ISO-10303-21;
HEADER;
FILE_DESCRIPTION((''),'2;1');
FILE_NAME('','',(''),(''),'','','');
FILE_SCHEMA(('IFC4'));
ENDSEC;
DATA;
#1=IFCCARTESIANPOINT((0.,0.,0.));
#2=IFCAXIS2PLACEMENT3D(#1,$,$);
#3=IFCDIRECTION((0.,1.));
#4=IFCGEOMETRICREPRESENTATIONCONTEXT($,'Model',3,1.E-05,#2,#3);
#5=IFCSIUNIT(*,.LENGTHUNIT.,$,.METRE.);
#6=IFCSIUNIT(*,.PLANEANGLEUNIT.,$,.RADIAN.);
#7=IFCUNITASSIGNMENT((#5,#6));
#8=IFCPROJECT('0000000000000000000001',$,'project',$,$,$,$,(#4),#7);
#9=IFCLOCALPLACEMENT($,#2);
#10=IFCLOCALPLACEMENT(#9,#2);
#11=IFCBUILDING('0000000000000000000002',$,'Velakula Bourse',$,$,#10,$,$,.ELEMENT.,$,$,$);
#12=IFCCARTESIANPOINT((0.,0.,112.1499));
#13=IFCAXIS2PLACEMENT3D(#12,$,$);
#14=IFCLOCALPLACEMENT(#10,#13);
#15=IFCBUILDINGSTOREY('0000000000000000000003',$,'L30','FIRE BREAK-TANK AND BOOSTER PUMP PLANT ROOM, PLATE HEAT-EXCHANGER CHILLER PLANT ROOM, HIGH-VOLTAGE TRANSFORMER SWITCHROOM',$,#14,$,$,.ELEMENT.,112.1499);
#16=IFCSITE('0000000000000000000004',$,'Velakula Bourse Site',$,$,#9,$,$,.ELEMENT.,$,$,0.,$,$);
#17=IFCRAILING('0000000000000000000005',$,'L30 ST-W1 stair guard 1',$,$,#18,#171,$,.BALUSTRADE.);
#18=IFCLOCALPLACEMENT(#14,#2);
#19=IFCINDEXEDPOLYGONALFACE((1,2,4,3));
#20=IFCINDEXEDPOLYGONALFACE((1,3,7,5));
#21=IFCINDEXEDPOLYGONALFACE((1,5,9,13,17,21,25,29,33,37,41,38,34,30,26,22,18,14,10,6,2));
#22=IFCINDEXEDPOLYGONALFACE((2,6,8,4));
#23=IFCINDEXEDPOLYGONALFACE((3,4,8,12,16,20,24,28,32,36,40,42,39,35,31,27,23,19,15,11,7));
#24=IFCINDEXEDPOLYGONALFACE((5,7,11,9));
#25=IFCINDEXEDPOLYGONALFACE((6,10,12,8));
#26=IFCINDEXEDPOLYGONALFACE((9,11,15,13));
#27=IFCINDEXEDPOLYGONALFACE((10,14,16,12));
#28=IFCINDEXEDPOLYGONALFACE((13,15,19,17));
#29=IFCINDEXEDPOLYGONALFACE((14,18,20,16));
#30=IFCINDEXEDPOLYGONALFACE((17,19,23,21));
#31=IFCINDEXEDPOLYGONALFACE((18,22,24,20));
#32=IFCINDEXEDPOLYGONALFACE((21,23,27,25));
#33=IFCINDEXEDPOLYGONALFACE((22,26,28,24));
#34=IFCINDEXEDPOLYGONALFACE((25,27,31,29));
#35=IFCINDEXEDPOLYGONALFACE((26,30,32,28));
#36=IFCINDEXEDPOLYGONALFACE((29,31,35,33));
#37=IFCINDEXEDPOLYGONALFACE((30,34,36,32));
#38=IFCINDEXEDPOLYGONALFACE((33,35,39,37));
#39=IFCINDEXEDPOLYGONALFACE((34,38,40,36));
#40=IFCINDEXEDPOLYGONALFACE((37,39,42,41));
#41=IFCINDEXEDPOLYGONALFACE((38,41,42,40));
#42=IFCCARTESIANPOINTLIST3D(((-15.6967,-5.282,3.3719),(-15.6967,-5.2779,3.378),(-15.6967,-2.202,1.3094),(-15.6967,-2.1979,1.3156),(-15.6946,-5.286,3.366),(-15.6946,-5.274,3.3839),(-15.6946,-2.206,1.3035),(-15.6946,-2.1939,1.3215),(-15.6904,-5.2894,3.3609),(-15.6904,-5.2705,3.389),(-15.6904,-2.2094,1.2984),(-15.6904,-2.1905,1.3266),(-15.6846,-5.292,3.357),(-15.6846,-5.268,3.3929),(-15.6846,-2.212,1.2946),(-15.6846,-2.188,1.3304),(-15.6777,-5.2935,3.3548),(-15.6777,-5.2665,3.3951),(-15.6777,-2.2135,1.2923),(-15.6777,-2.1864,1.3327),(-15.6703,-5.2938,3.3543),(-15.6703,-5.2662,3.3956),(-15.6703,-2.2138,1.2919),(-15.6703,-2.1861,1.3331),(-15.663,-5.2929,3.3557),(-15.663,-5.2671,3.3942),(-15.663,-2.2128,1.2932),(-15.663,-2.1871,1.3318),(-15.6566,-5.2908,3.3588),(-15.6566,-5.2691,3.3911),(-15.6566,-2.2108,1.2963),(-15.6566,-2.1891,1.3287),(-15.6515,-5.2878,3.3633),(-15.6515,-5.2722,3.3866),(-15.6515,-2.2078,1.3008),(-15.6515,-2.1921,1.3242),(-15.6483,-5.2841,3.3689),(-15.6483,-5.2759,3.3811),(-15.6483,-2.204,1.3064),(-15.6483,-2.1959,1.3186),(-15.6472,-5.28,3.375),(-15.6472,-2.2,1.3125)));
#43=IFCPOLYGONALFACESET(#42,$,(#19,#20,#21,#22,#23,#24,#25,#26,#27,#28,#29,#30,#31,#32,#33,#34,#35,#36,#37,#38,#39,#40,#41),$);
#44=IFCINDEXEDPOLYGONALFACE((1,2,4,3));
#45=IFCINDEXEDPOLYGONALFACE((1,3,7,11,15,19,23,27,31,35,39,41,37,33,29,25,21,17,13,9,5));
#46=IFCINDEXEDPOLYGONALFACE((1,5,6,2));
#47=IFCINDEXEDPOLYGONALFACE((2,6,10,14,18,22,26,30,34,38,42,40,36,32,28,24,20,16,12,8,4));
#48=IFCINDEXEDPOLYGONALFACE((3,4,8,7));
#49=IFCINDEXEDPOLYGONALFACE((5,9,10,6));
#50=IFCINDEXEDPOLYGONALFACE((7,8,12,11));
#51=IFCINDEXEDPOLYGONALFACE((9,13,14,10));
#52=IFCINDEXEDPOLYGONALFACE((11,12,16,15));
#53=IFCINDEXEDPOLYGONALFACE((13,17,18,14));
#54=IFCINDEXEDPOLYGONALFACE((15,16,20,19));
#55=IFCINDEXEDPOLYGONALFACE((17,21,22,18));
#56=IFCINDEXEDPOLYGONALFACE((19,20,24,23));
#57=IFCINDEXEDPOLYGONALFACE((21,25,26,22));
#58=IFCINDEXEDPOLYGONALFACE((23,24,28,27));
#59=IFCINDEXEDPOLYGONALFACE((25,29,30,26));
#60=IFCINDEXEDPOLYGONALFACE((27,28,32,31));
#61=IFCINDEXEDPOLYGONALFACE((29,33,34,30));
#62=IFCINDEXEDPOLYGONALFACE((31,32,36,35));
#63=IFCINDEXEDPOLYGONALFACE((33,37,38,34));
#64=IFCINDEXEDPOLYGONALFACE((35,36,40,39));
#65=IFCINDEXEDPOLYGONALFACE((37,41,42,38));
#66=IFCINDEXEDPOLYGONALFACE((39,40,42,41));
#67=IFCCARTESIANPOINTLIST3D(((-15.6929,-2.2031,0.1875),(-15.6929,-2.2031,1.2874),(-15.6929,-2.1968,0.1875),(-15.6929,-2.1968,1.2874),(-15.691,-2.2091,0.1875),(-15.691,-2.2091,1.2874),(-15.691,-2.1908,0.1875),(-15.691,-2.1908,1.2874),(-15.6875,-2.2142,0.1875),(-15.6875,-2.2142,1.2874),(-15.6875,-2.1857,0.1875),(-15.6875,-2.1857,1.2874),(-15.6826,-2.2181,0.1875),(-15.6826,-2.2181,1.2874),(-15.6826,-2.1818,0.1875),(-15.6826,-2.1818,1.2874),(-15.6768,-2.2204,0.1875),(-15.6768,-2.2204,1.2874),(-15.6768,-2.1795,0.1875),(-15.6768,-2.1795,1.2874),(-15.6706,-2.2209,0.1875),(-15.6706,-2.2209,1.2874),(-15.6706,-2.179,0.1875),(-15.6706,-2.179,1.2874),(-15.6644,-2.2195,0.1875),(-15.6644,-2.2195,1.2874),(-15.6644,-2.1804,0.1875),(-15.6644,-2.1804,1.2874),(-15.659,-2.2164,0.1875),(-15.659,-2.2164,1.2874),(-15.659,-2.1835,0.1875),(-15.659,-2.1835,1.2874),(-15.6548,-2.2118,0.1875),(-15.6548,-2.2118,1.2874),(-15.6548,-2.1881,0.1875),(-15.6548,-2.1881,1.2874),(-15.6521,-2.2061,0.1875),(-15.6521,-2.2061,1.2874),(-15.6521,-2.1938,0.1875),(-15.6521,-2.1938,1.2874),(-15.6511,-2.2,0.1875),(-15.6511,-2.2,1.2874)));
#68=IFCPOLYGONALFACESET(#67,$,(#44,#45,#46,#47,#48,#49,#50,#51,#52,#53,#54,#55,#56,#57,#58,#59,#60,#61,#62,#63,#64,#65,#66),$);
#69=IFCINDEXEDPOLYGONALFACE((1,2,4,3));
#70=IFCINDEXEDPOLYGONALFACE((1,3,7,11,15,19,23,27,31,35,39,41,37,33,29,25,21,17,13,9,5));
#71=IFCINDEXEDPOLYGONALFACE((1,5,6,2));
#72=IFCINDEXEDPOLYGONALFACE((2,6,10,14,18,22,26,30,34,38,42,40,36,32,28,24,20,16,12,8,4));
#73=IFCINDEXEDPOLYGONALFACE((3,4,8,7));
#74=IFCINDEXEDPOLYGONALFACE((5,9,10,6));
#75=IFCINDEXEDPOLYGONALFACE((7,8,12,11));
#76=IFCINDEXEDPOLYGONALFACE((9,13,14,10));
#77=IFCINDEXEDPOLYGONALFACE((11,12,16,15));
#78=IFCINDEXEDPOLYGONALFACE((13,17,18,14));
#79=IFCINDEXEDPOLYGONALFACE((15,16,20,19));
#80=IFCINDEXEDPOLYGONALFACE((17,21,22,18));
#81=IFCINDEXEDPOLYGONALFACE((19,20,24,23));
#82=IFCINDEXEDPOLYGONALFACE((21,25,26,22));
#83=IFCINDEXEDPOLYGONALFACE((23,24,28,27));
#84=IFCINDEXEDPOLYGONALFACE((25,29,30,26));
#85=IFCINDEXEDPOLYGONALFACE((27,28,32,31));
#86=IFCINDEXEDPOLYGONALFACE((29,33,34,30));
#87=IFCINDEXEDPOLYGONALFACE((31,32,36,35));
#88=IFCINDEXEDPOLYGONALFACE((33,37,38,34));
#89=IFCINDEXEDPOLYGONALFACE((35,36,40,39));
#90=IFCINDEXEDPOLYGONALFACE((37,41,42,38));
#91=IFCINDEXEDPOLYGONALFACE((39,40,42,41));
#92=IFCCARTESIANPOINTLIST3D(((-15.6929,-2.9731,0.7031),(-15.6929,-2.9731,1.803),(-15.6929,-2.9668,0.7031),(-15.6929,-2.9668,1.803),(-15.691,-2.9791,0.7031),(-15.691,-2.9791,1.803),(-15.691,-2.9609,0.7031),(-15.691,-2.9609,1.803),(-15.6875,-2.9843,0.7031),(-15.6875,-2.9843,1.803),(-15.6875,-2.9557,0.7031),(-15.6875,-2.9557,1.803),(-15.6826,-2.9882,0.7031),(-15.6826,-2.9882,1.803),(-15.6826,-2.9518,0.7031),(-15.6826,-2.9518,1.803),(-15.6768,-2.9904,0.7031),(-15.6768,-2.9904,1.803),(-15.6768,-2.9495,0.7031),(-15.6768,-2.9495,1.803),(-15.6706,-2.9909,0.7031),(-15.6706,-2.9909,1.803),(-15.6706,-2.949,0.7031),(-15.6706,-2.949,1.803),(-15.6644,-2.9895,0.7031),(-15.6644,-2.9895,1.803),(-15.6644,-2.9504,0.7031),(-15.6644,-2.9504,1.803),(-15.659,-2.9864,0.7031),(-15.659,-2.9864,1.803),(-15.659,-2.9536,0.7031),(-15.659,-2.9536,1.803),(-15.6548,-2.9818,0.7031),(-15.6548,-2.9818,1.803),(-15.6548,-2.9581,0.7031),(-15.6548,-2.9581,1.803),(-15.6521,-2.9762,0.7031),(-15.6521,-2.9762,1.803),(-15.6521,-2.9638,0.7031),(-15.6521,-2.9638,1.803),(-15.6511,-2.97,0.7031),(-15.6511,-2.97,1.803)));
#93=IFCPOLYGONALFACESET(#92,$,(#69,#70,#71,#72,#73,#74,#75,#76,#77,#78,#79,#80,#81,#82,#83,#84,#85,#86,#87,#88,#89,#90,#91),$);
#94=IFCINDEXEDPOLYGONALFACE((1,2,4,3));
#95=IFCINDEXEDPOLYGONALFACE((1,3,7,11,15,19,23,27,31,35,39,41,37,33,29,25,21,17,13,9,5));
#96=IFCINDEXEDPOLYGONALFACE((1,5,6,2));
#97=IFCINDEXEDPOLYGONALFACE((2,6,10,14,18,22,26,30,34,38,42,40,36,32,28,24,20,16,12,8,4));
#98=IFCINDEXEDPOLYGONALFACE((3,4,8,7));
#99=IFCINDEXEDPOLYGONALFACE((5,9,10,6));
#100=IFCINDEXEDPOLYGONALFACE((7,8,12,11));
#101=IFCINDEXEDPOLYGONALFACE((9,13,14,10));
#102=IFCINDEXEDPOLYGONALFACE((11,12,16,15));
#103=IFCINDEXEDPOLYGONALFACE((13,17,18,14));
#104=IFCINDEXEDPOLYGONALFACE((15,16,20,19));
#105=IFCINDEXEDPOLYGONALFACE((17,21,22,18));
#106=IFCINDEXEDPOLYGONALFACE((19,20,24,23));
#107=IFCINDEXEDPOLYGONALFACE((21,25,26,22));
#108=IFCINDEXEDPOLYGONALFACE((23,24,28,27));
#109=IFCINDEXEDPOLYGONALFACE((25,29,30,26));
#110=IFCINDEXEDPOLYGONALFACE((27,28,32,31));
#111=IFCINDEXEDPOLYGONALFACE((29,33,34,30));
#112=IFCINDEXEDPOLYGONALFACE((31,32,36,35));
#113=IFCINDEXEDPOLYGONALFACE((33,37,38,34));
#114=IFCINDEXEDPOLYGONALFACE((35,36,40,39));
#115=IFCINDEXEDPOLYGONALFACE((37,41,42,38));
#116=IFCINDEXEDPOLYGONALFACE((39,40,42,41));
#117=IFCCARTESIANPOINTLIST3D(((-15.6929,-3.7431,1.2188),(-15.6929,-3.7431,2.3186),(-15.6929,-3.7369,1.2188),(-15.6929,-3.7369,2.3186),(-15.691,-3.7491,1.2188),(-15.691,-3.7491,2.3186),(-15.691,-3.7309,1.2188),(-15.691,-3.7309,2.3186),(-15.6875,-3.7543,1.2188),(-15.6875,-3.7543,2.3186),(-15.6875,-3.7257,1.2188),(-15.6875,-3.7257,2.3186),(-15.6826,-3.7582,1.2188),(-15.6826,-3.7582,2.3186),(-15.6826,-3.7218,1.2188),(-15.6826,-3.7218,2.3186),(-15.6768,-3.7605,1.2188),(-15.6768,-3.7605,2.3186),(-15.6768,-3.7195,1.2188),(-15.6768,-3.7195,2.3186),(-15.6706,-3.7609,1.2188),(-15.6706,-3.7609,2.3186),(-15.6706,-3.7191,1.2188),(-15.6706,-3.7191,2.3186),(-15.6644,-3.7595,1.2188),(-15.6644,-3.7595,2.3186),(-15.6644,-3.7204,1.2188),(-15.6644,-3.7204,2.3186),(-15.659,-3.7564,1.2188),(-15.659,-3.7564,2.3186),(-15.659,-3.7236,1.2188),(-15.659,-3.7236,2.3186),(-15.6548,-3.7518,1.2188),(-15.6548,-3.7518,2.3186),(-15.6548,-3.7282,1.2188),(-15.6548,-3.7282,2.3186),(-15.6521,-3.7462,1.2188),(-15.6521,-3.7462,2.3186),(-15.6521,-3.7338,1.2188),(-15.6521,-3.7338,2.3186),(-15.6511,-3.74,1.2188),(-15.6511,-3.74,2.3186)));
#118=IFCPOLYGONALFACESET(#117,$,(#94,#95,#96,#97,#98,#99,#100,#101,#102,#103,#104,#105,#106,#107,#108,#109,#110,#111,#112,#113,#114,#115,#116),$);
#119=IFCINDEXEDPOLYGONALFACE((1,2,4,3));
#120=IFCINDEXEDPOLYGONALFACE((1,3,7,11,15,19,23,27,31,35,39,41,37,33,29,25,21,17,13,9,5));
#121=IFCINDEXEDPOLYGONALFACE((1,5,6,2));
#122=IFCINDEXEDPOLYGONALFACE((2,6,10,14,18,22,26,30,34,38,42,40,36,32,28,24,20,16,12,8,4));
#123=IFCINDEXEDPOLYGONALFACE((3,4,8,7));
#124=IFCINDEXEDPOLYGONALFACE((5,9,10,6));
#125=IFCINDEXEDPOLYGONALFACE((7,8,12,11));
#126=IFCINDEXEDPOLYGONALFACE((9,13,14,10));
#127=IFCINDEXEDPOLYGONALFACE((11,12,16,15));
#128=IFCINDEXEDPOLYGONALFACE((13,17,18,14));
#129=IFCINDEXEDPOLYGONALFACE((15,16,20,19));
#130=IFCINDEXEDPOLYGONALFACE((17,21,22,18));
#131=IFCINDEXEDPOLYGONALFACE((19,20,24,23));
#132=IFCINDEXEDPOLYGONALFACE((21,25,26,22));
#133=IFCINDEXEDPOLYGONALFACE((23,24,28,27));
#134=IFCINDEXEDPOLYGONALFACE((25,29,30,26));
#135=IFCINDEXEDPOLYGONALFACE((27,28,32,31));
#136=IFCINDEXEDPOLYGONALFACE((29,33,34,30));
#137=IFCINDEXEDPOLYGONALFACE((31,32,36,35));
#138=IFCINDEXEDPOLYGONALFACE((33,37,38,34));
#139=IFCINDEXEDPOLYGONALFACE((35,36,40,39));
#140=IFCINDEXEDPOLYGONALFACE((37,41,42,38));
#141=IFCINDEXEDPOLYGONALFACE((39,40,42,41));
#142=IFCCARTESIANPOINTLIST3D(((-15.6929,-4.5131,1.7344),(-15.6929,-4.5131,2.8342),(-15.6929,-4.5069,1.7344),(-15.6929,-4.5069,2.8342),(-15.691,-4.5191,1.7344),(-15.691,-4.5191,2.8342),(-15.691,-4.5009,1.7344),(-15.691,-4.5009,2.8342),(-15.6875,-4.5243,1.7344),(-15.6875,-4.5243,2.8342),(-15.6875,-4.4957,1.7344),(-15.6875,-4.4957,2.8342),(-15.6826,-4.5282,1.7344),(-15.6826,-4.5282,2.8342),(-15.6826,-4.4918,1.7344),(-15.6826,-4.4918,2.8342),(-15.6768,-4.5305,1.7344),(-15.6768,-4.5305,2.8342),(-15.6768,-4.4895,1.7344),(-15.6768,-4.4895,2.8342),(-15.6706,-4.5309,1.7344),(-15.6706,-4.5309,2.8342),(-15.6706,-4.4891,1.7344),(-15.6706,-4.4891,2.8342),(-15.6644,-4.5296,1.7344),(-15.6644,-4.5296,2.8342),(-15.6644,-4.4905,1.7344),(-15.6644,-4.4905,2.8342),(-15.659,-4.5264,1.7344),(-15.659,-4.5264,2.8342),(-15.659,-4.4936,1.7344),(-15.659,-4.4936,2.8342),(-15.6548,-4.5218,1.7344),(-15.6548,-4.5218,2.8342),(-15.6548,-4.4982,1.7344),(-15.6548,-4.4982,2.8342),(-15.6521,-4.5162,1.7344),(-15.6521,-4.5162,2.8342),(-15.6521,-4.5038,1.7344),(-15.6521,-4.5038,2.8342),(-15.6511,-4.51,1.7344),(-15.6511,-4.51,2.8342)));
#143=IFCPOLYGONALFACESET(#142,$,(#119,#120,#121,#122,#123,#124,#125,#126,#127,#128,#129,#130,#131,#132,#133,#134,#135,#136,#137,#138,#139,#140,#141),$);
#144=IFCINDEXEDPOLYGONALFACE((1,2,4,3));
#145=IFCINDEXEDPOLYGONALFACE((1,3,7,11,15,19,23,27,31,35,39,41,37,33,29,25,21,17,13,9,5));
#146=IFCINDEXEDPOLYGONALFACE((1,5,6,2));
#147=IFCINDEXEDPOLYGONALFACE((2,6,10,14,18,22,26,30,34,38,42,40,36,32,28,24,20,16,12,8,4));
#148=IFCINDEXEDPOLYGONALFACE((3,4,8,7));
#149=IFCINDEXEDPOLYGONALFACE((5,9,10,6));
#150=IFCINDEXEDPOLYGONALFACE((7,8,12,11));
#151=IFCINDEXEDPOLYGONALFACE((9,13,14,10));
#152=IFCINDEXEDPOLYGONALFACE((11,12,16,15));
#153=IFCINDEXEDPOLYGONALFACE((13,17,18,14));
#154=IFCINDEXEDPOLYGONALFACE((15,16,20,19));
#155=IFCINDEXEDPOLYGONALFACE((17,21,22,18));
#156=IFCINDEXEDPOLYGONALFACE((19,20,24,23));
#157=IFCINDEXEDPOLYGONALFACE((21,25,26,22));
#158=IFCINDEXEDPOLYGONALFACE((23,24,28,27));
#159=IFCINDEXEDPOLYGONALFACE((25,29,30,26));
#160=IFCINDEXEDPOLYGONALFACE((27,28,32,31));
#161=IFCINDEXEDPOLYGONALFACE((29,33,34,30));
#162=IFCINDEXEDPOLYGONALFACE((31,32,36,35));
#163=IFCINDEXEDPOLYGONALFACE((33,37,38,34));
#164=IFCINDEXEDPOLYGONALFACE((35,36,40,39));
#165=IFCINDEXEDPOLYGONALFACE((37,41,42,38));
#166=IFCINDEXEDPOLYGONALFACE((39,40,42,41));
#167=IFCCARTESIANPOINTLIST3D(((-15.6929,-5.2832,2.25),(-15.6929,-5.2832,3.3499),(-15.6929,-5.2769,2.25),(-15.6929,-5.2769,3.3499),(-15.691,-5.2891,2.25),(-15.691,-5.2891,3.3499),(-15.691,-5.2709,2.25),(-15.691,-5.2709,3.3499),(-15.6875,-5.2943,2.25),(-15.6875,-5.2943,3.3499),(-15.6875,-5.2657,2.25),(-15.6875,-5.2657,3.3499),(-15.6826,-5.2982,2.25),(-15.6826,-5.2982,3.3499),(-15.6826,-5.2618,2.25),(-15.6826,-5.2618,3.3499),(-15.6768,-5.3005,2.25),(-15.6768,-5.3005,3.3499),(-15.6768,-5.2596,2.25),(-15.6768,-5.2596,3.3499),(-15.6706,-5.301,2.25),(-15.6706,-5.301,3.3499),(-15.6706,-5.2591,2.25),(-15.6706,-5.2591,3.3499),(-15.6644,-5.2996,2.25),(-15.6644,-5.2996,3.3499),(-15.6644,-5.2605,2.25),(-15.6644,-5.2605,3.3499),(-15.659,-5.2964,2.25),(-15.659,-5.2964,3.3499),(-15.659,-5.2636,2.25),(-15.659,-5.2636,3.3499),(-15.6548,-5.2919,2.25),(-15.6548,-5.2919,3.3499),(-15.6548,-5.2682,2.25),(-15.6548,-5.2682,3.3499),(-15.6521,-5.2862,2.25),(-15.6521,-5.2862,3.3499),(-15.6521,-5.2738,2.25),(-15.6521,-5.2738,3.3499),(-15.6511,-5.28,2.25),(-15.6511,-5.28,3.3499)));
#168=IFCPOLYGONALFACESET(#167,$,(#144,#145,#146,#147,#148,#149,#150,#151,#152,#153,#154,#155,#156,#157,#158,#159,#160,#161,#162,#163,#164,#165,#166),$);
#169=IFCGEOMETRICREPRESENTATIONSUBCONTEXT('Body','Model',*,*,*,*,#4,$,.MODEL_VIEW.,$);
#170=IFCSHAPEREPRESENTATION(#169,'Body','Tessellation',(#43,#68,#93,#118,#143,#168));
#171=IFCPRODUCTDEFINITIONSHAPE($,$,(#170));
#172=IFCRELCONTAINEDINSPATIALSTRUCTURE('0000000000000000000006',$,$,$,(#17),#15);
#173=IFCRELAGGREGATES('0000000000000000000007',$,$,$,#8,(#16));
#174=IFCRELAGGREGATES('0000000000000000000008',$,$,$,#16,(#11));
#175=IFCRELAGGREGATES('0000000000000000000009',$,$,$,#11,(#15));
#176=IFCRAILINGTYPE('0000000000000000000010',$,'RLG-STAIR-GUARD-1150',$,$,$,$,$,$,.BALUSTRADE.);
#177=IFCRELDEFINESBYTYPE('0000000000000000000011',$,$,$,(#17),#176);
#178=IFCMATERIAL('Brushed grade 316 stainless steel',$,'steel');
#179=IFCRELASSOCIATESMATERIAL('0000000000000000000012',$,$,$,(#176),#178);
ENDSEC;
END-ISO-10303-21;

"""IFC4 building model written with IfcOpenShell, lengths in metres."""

from ifc_helpers import new_model, si_unit, direction, frame, origin, origin_2d, place, context, subcontext, project, spatial, circle, extrude, material, type_object, element, save


model = new_model("IFC4")

# Units and contexts
model_context = context("Model", 3, precision=1e-05, world=origin(), true_north=direction((0.0, 1.0)))
body_context = subcontext(model_context, "Body", "Model", "MODEL_VIEW")
ifc_project = project(units=[si_unit("LENGTHUNIT", "METRE"), si_unit("PLANEANGLEUNIT", "RADIAN")], contexts=[model_context])

# Site, building, storey
site_placement = place(None, origin())
site = spatial("IfcSite", under=ifc_project, at=site_placement, Name="Velakula Bourse Site", CompositionType="ELEMENT", RefElevation=0.0)
building_placement = place(site_placement, origin())
building = spatial("IfcBuilding", under=site, at=building_placement, Name="Velakula Bourse", CompositionType="ELEMENT")
storey_placement = place(building_placement, frame((0.0, 0.0, 112.1499)))
storey = spatial("IfcBuildingStorey", under=building, at=storey_placement, Name="L30", Description="FIRE BREAK-TANK AND BOOSTER PUMP PLANT ROOM, PLATE HEAT-EXCHANGER CHILLER PLANT ROOM, HIGH-VOLTAGE TRANSFORMER SWITCHROOM", CompositionType="ELEMENT", Elevation=112.1499)

# Shared definitions
ifc_material_1 = material(Name="Brushed grade 316 stainless steel", Category="steel")

# Railing
railing_type_1 = type_object("IfcRailingType", Name="RLG-STAIR-GUARD-1150", PredefinedType="BALUSTRADE", material=ifc_material_1)
railing_1_placement = place(storey_placement, frame((-15.6721, -2.2, 0.1875)))
element("IfcRailing", 1, at=railing_1_placement, inside=storey, type_object=railing_type_1, Name="L30 ST-W1 stair guard 1", PredefinedType="BALUSTRADE", context=body_context, shape_type="SweptSolid", body=[
    extrude(circle(Radius=0.0249, at=origin_2d()), frame((0.0, 0.0, 1.125), z_axis=(0.0, -0.830914, 0.556401), x_axis=(1.0, 0.0, 0.0)), (0.0, 0.0, 1.0), 3.7068),
    extrude(circle(Radius=0.021, at=origin_2d()), origin(), (0.0, 0.0, 1.0), 1.0999),
    extrude(circle(Radius=0.021, at=origin_2d()), frame((0.0, -0.77, 0.5156)), (0.0, 0.0, 1.0), 1.0999),
    extrude(circle(Radius=0.021, at=origin_2d()), frame((0.0, -1.54, 1.0312)), (0.0, 0.0, 1.0), 1.0999),
    extrude(circle(Radius=0.021, at=origin_2d()), frame((0.0, -2.3101, 1.5469)), (0.0, 0.0, 1.0), 1.0999),
    extrude(circle(Radius=0.021, at=origin_2d()), frame((0.0, -3.0801, 2.0625)), (0.0, 0.0, 1.0), 1.0999),
])

save(model, "model.ifc")
